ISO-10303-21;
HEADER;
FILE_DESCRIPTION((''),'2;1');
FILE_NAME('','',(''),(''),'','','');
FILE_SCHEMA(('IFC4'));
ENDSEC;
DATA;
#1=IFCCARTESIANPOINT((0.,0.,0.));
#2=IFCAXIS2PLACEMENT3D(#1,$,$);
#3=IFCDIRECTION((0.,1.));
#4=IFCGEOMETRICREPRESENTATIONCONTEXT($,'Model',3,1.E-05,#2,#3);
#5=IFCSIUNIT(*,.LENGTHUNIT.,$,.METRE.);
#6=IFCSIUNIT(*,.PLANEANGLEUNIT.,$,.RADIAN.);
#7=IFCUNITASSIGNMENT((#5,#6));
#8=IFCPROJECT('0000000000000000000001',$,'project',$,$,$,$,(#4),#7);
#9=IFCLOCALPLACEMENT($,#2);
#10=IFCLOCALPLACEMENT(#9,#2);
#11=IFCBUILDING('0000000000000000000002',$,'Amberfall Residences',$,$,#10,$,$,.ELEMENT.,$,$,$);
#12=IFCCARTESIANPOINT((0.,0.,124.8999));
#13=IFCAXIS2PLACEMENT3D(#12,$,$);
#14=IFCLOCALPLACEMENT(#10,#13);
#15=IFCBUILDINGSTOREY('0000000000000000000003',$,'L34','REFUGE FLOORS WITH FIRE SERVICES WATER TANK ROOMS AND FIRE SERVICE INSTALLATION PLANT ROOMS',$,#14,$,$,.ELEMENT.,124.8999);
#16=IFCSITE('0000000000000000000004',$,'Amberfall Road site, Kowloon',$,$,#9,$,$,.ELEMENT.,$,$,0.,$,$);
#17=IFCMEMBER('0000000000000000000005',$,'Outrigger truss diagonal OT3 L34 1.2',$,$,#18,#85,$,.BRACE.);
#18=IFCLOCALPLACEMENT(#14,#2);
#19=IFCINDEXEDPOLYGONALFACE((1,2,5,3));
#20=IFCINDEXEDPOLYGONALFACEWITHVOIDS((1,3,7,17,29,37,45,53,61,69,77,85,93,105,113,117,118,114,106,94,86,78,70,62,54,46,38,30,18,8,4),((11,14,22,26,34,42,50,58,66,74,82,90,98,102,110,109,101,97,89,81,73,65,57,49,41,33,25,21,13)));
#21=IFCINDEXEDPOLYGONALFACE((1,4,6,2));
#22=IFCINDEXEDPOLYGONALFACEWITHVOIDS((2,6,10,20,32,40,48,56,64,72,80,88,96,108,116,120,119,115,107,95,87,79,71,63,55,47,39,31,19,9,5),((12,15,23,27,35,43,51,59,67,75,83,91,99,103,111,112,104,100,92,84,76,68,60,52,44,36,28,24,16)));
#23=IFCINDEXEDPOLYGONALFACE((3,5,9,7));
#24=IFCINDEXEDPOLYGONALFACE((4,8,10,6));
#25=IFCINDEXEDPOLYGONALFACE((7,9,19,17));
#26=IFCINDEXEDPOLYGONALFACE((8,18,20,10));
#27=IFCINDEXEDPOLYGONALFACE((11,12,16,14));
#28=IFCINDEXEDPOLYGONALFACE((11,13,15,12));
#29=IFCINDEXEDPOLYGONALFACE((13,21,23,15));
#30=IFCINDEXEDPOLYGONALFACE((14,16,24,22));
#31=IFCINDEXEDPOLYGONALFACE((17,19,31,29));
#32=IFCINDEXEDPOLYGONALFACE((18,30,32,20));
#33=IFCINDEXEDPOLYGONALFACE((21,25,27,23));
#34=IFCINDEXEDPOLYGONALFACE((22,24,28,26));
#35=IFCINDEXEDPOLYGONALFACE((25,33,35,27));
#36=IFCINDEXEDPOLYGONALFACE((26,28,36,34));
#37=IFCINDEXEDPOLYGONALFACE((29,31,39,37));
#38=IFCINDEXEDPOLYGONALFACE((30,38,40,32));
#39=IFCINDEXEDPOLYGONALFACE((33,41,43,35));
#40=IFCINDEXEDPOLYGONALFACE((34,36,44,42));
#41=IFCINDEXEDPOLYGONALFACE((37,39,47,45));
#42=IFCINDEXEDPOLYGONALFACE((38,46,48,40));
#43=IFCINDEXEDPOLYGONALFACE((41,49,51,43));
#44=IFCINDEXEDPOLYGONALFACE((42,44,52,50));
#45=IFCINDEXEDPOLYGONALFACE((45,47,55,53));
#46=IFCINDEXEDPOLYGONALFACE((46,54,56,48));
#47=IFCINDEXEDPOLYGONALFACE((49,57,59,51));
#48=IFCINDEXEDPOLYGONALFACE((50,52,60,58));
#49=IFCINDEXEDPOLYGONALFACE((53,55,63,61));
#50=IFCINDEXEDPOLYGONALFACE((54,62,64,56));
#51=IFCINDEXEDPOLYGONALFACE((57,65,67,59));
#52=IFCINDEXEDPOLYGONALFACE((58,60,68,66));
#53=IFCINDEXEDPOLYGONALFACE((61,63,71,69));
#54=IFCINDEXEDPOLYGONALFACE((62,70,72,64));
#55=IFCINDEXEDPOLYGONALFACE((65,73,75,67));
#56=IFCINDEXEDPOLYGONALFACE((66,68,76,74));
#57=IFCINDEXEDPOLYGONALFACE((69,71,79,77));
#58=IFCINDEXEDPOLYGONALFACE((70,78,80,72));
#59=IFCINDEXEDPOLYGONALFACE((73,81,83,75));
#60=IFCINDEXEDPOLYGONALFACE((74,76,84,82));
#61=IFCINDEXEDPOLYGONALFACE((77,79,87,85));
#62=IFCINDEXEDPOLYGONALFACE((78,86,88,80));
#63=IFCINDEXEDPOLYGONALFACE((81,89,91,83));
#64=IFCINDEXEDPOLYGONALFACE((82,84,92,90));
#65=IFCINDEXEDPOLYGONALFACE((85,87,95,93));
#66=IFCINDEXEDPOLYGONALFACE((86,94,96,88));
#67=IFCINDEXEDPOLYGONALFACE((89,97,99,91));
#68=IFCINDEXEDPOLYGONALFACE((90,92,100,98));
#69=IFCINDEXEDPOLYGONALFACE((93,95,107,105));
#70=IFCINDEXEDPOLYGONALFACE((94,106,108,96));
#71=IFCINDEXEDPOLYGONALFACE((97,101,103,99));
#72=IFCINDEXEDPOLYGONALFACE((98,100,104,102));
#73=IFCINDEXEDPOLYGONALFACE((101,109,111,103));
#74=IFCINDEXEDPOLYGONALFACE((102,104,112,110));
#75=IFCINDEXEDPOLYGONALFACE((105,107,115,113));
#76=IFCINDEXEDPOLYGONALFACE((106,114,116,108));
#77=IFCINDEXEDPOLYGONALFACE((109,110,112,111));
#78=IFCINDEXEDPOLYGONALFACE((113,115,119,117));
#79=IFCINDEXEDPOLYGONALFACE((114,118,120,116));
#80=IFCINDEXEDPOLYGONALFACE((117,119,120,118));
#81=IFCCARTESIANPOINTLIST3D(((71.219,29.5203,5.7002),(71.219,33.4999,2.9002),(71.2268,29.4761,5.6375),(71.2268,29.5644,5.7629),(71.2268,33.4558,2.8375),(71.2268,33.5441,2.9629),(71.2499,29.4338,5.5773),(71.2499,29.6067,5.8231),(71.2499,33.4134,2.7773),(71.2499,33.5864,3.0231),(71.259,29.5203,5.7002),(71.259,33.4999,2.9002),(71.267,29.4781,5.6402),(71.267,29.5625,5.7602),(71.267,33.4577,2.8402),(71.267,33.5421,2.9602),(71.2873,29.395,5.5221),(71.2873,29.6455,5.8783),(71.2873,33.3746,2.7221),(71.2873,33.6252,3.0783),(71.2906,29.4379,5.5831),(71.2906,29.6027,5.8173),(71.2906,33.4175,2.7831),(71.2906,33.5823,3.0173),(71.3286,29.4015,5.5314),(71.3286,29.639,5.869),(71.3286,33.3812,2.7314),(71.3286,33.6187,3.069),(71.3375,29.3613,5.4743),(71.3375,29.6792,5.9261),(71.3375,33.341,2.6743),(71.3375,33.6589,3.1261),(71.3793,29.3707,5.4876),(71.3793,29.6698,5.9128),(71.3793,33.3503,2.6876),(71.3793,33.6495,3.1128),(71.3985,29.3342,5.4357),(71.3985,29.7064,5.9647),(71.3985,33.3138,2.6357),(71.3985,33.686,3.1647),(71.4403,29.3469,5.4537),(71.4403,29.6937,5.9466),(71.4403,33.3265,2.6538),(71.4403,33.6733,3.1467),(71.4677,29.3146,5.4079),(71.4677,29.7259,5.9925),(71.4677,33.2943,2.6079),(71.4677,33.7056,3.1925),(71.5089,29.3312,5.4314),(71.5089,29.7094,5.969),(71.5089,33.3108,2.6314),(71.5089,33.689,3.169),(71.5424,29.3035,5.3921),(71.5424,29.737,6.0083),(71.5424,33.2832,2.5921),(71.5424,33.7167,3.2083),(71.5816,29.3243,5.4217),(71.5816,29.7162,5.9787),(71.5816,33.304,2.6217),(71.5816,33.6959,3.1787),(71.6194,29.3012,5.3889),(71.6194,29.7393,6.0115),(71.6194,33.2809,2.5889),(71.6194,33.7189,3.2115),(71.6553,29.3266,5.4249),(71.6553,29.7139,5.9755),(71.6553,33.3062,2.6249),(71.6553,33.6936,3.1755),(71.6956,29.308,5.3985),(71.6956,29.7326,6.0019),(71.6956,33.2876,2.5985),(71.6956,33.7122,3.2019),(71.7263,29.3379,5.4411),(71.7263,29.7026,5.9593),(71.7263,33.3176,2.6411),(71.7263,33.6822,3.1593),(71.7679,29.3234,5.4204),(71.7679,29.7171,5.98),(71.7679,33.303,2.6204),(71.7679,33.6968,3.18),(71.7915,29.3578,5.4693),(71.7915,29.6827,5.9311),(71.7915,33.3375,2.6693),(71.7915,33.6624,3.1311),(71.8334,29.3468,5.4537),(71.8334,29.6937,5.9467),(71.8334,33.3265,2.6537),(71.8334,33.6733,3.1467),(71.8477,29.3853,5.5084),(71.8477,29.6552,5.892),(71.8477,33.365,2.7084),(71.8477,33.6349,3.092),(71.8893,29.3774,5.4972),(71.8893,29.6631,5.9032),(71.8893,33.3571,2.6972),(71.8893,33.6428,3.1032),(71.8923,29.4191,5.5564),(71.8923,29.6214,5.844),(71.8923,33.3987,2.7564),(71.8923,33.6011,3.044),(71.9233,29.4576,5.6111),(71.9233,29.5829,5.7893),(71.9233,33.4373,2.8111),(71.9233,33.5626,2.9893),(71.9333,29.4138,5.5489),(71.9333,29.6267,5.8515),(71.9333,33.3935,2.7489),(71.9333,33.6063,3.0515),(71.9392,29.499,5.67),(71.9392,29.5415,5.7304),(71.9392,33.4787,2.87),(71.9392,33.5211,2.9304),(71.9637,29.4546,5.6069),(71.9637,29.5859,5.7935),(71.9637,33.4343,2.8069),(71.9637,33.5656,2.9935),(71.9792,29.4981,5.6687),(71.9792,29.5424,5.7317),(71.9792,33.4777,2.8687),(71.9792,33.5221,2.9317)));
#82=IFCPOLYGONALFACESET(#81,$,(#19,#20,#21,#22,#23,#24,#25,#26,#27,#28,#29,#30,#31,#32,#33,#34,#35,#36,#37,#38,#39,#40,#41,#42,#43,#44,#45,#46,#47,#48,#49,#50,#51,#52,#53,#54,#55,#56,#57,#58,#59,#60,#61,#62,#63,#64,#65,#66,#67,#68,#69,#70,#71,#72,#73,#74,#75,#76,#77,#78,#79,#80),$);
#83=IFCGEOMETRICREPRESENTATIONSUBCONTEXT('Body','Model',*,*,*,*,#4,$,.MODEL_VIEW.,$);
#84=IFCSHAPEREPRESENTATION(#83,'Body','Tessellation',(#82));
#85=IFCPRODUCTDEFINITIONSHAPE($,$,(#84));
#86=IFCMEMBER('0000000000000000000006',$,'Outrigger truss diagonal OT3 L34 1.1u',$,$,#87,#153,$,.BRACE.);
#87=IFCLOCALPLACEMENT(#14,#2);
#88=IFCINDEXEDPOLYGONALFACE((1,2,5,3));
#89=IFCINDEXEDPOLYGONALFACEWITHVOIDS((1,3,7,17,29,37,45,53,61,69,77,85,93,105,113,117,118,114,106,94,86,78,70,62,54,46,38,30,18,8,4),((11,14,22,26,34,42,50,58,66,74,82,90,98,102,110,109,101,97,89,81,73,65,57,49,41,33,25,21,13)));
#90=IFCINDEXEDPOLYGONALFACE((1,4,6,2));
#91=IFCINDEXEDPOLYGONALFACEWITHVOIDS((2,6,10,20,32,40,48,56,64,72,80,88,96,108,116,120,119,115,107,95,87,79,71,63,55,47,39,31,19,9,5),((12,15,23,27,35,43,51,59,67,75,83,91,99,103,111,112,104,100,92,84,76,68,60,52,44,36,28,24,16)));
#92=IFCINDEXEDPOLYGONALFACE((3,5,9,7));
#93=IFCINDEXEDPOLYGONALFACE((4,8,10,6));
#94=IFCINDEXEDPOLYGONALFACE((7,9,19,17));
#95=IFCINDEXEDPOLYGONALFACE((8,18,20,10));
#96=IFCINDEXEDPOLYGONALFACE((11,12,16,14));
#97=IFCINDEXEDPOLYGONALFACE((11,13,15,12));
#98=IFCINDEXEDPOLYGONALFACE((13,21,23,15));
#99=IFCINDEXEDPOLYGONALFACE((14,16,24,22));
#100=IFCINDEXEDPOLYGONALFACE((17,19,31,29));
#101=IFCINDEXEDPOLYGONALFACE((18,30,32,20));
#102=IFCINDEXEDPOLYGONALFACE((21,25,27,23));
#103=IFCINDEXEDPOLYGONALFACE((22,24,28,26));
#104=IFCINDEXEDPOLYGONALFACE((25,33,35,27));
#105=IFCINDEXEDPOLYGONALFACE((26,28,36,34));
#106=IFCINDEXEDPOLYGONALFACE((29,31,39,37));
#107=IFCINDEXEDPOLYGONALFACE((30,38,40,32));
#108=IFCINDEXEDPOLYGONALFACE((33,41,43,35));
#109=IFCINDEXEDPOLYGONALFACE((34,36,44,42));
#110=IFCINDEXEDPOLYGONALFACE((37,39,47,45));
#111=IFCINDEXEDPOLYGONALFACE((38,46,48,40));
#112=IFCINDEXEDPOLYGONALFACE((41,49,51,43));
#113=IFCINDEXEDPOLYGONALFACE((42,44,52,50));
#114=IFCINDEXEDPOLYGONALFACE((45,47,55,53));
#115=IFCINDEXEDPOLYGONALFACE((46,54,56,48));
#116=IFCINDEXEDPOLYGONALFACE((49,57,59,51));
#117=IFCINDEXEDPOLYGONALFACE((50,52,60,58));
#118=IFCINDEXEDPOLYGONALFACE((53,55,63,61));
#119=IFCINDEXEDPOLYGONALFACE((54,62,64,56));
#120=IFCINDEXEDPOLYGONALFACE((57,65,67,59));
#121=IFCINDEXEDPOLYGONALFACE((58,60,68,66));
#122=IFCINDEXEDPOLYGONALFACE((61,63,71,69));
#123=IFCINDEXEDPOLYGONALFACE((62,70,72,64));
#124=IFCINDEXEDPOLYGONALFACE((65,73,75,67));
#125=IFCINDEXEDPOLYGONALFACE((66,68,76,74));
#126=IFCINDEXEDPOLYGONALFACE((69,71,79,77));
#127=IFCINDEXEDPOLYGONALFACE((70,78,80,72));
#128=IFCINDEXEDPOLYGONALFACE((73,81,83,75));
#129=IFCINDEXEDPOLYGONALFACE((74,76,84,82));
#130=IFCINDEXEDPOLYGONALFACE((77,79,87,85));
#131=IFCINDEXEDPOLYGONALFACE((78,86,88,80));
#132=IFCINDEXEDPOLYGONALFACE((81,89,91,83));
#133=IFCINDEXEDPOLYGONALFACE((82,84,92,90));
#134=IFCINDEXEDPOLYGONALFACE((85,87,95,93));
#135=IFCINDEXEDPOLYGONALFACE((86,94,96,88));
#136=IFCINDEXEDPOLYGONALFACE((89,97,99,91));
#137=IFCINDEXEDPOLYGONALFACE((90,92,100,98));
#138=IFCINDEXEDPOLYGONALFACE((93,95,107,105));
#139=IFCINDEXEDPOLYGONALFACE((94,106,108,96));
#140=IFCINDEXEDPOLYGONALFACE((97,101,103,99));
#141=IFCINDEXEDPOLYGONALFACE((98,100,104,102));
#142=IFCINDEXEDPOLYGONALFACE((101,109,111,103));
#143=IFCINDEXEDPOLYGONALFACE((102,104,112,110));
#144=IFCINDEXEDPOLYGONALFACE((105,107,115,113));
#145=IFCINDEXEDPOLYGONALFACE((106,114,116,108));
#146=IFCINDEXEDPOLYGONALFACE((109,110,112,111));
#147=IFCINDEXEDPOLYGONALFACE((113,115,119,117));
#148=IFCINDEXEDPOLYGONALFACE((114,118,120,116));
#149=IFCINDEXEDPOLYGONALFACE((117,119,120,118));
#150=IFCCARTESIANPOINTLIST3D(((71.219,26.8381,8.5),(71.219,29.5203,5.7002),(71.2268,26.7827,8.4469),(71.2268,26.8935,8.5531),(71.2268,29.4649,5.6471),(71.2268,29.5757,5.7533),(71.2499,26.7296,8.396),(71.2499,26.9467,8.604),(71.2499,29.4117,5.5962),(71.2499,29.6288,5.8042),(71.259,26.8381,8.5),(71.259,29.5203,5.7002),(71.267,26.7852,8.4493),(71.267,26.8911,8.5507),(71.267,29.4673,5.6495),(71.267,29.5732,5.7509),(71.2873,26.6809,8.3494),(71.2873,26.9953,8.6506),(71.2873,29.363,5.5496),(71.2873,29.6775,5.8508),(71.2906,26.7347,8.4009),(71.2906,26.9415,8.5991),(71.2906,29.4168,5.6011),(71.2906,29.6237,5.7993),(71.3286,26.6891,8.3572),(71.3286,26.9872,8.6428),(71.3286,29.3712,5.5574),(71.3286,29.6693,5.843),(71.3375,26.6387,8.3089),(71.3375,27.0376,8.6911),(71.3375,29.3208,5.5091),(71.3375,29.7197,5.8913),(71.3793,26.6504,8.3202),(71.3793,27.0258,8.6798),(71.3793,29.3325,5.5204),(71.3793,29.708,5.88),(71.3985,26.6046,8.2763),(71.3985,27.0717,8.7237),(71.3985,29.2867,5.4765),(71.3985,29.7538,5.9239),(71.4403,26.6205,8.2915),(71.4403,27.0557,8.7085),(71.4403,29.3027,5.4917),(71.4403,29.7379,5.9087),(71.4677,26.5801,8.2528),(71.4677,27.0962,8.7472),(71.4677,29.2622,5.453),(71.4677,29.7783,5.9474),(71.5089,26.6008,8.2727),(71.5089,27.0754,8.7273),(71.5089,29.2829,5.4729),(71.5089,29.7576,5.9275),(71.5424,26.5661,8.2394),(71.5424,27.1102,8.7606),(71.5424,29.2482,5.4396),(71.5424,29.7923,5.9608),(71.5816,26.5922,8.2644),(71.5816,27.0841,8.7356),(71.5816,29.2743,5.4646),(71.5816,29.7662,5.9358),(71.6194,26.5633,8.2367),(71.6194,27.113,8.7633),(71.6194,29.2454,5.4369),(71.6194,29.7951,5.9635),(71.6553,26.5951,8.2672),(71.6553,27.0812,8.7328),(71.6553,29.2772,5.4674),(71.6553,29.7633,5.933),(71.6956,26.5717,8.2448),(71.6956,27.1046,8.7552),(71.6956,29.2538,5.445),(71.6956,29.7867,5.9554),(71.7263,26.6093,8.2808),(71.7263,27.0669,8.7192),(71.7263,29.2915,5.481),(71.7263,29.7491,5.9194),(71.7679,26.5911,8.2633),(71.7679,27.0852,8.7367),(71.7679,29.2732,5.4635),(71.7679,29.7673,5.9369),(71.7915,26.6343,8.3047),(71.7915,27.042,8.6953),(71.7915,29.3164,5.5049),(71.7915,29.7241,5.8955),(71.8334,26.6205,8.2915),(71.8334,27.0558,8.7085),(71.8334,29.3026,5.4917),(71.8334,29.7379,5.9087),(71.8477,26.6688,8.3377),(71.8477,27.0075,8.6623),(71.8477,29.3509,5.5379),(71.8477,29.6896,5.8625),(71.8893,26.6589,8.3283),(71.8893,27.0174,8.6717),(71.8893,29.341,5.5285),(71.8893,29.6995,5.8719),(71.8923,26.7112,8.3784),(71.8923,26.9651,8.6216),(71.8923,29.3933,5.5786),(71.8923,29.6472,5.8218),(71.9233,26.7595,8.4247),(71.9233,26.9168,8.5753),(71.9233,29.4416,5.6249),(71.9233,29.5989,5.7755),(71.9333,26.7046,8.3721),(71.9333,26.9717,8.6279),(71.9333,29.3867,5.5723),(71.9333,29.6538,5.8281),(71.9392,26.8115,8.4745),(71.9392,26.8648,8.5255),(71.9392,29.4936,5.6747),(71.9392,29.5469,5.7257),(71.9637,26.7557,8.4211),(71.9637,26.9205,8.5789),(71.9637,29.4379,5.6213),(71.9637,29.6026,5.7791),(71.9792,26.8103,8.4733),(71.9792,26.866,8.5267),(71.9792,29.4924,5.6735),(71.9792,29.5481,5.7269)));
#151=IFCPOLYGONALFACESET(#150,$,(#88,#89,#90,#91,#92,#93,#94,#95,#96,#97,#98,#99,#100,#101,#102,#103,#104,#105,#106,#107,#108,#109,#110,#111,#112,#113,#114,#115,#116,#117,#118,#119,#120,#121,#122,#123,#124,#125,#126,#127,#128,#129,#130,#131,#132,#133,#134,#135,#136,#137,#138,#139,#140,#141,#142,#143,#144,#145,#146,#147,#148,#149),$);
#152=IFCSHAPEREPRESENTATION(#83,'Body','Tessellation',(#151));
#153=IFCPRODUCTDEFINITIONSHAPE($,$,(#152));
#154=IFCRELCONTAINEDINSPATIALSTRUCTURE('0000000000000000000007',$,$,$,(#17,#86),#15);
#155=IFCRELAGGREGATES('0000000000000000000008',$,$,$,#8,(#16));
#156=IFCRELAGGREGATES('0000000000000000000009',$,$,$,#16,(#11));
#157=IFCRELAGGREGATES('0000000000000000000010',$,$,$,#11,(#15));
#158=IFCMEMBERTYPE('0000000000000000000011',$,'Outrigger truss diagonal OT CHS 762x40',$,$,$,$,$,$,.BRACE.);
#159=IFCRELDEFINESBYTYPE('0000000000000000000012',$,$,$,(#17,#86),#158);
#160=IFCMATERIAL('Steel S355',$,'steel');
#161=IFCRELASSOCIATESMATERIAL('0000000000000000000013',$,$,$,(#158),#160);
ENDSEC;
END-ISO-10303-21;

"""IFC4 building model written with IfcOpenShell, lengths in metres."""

from ifc_helpers import new_model, si_unit, direction, frame, origin, origin_2d, place, context, subcontext, project, spatial, hollow_circle, extrude, material, material_profile, profile_set, type_object, element, save


model = new_model("IFC4")

# Units and contexts
model_context = context("Model", 3, precision=1e-05, world=origin(), true_north=direction((0.0, 1.0)))
body_context = subcontext(model_context, "Body", "Model", "MODEL_VIEW")
ifc_project = project(units=[si_unit("LENGTHUNIT", "METRE"), si_unit("PLANEANGLEUNIT", "RADIAN")], contexts=[model_context])

# Site, building, storey
site_placement = place(None, origin())
site = spatial("IfcSite", under=ifc_project, at=site_placement, Name="Amberfall Road site, Kowloon", CompositionType="ELEMENT", RefElevation=0.0)
building_placement = place(site_placement, origin())
building = spatial("IfcBuilding", under=site, at=building_placement, Name="Amberfall Residences", CompositionType="ELEMENT")
storey_placement = place(building_placement, frame((0.0, 0.0, 124.8999)))
storey = spatial("IfcBuildingStorey", under=building, at=storey_placement, Name="L34", Description="REFUGE FLOORS WITH FIRE SERVICES WATER TANK ROOMS AND FIRE SERVICE INSTALLATION PLANT ROOMS", CompositionType="ELEMENT", Elevation=124.8999)

# Shared definitions
ifc_material_1 = material(Name="Steel S355", Category="steel")

# Members
ifc_material_profile_1 = material_profile(ifc_material_1, hollow_circle(Radius=0.3811, WallThickness=0.04, at=origin_2d()), Name="CHS 762x40")
ifc_profile_set_1 = profile_set([ifc_material_profile_1], Name="Steel S355")
member_type_1 = type_object("IfcMemberType", Name="Outrigger truss diagonal OT CHS 762x40", PredefinedType="BRACE", material=ifc_profile_set_1)
member_1_placement = place(storey_placement, frame((71.6001, 29.5203, 5.7002), z_axis=(0.0, 0.817855, -0.575424), x_axis=(-1.0, 0.0, 0.0)))
element("IfcMember", 1, at=member_1_placement, inside=storey, type_object=member_type_1, Name="Outrigger truss diagonal OT3 L34 1.2", PredefinedType="BRACE", context=body_context, shape_type="SweptSolid", body=[
    extrude(hollow_circle(Radius=0.3811, WallThickness=0.04, at=origin_2d()), origin(), (0.0, 0.0, 1.0), 4.866),
])
member_2_placement = place(storey_placement, frame((71.6001, 26.8381, 8.5), z_axis=(0.0, 0.691769, -0.722119), x_axis=(-1.0, 0.0, 0.0)))
element("IfcMember", 2, at=member_2_placement, inside=storey, type_object=member_type_1, Name="Outrigger truss diagonal OT3 L34 1.1u", PredefinedType="BRACE", context=body_context, shape_type="SweptSolid", body=[
    extrude(hollow_circle(Radius=0.3811, WallThickness=0.04, at=origin_2d()), origin(), (0.0, 0.0, 1.0), 3.8772),
])

save(model, "model.ifc")
